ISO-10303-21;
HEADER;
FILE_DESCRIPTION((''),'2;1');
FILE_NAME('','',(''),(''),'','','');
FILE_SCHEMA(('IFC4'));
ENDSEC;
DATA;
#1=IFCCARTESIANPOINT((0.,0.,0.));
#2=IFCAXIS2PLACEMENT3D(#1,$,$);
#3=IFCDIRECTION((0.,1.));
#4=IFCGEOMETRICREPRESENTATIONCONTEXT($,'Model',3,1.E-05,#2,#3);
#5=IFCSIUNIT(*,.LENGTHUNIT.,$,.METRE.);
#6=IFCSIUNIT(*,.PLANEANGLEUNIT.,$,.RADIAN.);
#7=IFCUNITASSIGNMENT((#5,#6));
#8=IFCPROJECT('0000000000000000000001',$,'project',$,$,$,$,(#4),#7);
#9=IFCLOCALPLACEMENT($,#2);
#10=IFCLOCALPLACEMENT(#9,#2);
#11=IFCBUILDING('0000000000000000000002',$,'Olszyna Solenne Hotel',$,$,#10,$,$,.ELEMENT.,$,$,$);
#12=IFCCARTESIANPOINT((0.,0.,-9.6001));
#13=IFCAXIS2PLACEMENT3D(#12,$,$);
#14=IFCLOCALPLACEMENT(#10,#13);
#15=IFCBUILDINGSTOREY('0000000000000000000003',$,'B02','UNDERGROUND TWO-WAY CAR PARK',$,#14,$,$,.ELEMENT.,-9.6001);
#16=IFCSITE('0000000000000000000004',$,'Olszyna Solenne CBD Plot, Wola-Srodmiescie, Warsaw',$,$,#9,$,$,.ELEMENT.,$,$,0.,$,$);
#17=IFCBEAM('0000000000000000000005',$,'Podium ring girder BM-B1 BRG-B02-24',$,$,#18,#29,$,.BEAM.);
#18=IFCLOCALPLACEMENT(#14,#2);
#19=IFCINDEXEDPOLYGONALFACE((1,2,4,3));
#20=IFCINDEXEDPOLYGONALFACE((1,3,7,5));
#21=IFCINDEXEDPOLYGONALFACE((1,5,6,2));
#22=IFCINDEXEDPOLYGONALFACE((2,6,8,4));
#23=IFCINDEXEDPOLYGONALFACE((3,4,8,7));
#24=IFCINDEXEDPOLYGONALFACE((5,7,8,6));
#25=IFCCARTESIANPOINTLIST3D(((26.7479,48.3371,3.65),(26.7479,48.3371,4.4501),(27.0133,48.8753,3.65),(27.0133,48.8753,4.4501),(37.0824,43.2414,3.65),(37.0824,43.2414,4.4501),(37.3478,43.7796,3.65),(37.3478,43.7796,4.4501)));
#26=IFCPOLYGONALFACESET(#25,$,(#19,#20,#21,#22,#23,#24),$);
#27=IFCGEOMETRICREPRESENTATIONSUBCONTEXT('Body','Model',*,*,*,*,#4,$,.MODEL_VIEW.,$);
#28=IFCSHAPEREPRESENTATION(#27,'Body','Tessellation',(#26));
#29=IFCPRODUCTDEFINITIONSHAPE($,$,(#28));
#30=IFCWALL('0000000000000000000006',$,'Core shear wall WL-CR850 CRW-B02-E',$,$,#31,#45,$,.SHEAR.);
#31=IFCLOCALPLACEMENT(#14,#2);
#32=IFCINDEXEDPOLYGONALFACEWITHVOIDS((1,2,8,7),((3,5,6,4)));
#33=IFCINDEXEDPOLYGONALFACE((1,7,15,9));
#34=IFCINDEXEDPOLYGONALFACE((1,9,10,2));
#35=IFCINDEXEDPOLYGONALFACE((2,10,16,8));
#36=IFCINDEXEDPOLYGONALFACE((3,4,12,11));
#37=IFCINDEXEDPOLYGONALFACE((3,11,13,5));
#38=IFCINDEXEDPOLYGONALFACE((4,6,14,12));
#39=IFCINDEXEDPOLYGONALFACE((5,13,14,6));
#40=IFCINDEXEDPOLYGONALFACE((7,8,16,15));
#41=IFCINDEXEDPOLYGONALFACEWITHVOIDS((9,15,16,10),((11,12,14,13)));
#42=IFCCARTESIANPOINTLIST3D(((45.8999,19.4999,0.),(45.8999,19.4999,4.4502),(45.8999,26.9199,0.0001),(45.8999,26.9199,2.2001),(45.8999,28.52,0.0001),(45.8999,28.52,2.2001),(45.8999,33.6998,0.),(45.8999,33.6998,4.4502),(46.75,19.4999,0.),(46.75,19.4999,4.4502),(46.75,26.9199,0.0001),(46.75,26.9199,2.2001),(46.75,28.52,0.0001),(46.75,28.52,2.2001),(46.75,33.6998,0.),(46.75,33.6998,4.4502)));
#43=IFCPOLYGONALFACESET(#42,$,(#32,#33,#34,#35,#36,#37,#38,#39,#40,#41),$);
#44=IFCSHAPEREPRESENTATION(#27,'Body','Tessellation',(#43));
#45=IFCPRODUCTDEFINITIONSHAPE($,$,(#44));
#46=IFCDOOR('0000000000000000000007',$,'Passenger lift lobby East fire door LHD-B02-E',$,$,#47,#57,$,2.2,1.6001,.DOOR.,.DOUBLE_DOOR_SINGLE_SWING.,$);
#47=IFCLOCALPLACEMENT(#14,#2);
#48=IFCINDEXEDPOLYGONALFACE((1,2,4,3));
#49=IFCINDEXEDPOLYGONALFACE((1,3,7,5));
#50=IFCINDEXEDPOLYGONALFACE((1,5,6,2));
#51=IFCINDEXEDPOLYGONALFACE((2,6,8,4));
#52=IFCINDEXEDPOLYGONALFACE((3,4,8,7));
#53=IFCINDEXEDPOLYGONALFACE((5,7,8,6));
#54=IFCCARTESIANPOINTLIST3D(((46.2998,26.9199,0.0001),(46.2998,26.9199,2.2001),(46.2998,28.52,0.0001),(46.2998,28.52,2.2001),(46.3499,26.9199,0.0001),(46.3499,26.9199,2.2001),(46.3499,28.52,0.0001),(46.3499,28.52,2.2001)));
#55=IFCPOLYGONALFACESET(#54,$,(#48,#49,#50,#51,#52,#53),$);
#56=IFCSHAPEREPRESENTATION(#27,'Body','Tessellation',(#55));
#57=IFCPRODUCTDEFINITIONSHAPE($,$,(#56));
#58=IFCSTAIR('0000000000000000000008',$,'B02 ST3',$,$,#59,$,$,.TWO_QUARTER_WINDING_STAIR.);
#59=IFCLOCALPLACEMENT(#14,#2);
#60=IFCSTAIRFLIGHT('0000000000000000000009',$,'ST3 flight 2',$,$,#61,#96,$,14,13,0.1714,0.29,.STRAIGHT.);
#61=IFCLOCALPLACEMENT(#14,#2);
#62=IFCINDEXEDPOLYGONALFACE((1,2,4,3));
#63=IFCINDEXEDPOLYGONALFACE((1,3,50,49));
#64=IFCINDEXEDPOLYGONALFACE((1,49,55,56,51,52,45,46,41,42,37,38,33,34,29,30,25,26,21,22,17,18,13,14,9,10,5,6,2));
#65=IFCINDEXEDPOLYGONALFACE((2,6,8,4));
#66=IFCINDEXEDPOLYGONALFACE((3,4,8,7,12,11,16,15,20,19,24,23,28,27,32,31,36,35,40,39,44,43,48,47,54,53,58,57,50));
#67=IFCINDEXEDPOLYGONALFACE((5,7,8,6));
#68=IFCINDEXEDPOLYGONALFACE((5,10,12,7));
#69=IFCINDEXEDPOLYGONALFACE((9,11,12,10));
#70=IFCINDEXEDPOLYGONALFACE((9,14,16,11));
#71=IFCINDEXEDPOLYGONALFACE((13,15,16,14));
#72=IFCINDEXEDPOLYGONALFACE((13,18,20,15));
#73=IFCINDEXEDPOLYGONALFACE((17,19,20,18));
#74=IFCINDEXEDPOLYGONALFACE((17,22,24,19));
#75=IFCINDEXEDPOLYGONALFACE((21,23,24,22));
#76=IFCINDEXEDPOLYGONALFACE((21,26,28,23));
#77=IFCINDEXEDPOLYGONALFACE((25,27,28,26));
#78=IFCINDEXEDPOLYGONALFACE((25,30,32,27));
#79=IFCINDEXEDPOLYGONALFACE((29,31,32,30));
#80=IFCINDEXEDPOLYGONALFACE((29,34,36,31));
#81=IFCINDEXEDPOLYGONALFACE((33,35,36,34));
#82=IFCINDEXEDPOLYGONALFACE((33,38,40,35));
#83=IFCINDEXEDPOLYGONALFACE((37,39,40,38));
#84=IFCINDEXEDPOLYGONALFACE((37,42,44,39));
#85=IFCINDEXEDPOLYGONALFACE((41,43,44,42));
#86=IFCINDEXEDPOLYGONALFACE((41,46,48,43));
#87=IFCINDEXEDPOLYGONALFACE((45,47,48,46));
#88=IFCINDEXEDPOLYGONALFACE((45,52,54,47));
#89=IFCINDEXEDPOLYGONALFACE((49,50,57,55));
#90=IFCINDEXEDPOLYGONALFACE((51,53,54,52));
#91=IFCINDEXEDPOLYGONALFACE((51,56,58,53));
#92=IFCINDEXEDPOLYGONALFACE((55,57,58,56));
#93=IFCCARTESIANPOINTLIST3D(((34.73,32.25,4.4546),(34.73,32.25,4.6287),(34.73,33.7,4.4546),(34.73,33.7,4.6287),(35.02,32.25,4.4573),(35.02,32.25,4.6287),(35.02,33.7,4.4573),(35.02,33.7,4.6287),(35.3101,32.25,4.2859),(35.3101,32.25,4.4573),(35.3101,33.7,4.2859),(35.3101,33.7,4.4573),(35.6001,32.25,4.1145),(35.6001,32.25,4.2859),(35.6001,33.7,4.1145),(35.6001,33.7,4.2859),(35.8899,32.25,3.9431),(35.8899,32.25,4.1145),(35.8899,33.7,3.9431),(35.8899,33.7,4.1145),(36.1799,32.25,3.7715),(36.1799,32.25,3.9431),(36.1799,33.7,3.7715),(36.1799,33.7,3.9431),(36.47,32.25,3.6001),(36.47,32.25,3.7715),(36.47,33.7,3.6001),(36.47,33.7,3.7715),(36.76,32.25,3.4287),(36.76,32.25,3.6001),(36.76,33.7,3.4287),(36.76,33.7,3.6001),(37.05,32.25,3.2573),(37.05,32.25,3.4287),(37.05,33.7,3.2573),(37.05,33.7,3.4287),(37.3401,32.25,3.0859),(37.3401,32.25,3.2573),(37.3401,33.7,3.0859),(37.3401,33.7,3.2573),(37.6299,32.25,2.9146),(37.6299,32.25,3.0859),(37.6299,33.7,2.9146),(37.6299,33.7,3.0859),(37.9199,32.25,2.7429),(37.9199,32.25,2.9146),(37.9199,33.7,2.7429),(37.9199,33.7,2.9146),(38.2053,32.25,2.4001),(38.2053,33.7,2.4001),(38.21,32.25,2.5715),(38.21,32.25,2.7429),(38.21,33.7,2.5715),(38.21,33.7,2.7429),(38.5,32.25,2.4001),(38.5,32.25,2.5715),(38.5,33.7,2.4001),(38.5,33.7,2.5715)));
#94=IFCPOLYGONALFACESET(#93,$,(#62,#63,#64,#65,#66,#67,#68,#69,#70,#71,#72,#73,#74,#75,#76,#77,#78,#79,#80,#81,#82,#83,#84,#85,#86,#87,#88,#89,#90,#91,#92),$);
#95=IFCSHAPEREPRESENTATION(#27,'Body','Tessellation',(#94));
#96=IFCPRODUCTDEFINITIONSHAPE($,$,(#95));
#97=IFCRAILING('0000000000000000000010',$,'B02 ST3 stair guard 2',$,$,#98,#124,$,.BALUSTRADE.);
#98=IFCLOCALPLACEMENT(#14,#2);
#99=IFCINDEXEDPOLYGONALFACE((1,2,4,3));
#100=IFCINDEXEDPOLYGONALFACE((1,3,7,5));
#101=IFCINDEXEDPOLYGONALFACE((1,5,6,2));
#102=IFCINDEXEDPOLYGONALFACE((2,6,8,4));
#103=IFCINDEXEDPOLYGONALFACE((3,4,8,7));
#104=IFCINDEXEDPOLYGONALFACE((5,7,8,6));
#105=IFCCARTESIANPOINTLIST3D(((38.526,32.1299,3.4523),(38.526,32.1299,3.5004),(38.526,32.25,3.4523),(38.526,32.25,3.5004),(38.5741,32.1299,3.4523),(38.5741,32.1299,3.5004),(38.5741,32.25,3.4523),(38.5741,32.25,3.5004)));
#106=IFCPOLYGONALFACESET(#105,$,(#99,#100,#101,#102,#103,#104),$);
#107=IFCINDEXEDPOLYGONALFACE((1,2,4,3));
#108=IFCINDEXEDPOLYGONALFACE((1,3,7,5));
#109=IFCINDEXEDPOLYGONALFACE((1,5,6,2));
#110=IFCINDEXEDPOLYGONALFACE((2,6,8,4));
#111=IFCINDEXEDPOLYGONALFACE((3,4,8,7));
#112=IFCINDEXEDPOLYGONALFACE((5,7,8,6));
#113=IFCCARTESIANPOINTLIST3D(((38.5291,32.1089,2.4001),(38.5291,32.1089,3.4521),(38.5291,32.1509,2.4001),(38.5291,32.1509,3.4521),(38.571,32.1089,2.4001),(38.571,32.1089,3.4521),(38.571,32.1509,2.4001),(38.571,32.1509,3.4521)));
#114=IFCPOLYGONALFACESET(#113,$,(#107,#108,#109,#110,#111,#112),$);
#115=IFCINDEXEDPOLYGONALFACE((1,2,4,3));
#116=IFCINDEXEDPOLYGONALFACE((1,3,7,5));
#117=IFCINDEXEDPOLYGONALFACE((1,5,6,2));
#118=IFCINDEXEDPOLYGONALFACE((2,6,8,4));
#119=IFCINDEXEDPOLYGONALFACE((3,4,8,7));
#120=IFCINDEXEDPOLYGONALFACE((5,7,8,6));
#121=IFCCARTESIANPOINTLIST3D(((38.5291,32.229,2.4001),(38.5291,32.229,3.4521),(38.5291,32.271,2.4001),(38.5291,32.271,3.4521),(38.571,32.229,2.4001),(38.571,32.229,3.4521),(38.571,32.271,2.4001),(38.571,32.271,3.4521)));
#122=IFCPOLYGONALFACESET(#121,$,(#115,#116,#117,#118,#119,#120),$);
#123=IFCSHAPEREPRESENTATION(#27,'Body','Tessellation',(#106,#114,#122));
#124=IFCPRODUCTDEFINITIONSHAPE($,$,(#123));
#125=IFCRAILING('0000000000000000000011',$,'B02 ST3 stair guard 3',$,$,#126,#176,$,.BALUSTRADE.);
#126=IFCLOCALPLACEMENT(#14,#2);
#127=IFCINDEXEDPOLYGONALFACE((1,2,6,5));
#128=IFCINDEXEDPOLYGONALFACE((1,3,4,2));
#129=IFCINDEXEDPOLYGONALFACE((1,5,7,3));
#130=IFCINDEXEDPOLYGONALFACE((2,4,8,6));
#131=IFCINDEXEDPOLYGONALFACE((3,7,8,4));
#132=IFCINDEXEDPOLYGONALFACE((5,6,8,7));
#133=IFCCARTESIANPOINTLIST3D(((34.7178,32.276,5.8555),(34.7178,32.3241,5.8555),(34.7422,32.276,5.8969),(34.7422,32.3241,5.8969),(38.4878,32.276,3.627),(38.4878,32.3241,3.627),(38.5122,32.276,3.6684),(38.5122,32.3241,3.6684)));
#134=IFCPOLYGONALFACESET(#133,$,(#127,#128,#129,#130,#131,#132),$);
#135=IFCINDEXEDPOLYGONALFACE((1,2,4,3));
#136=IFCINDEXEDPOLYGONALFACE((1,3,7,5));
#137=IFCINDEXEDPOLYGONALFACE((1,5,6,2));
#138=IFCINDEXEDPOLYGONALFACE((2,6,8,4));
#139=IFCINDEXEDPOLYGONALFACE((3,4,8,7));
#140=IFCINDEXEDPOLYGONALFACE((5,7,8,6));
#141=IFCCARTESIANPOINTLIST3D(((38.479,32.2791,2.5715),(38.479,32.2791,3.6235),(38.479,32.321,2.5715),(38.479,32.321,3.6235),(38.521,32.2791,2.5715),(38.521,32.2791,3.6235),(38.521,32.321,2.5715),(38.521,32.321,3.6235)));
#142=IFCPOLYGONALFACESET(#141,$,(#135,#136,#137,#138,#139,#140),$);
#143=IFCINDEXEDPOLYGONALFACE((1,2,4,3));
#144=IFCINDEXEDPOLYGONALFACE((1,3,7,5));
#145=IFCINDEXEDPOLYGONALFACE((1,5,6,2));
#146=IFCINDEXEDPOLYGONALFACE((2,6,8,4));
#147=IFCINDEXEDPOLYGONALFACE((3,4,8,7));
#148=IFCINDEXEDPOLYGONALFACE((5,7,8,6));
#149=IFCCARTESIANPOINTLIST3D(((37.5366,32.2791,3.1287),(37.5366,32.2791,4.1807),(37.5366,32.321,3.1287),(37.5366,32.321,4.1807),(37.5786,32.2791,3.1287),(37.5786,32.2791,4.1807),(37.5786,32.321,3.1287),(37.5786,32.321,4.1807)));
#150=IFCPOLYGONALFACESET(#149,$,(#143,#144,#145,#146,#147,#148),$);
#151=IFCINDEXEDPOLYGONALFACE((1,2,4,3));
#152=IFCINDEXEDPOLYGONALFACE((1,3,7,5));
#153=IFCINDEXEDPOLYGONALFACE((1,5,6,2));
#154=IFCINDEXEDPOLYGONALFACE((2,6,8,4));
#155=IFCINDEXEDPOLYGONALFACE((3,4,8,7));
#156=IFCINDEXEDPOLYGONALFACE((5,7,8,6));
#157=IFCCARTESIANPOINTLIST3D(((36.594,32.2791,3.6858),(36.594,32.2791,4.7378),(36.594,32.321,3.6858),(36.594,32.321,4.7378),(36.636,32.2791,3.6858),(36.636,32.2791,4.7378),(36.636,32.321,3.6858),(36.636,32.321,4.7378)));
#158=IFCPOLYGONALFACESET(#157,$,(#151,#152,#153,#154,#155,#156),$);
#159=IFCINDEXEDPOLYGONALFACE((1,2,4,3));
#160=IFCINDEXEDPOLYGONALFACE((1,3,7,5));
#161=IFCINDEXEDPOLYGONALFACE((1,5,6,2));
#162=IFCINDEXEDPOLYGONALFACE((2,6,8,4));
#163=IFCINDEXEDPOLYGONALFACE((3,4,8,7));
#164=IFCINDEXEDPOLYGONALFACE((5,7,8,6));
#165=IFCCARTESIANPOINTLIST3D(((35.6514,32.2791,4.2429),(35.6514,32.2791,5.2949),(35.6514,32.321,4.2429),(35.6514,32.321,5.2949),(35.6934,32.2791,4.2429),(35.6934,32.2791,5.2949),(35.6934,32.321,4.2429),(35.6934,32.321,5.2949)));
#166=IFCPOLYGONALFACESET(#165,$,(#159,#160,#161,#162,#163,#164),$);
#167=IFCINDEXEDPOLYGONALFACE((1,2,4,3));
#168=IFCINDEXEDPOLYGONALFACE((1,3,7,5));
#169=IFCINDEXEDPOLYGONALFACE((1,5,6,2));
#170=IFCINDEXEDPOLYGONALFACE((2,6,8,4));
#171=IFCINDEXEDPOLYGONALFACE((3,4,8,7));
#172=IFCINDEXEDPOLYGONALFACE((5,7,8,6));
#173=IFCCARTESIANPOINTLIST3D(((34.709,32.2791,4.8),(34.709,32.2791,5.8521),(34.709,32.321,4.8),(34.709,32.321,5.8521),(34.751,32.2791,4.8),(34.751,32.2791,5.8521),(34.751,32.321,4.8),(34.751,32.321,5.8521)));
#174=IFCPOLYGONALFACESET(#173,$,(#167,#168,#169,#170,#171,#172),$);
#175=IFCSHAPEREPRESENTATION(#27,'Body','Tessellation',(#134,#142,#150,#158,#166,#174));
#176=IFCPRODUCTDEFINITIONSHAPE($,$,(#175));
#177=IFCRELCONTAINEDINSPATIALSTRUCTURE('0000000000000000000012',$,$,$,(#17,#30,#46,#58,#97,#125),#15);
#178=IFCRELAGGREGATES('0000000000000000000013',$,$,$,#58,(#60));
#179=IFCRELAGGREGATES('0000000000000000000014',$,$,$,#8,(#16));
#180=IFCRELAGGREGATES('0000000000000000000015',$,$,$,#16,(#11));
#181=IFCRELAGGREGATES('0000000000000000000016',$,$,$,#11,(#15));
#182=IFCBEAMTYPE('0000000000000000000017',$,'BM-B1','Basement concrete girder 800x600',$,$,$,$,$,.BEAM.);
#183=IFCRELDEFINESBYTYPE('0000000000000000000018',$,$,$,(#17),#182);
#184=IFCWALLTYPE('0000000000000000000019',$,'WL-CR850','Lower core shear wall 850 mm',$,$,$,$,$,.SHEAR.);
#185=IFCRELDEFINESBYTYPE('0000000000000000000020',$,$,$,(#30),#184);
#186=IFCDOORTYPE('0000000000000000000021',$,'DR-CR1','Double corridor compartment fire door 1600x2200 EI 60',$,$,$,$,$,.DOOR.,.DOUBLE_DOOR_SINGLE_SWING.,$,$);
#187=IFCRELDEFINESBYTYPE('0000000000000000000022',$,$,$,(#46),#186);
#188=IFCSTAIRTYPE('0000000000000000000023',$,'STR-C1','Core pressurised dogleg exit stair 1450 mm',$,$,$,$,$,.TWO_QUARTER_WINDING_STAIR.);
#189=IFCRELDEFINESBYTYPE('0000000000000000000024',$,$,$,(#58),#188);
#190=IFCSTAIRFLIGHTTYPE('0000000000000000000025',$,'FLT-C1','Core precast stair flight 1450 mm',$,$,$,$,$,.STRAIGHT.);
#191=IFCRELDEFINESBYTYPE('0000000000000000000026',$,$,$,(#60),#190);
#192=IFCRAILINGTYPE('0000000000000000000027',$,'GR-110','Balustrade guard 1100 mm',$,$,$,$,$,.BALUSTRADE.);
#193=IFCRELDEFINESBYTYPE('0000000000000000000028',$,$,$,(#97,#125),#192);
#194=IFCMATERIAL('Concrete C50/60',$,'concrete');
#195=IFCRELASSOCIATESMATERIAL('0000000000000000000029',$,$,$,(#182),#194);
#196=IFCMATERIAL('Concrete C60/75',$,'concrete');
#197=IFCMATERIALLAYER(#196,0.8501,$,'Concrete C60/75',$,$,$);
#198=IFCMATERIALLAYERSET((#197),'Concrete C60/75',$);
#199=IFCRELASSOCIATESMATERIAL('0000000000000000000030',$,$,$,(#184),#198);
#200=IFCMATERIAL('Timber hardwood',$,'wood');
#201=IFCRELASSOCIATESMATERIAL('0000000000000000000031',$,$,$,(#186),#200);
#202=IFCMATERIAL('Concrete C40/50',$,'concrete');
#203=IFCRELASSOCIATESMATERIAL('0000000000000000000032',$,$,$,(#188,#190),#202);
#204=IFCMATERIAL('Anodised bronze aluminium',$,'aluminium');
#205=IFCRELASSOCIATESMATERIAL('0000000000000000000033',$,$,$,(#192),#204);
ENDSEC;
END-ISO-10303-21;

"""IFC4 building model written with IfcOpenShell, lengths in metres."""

from ifc_helpers import new_model, si_unit, direction, frame, frame_2d, origin, origin_2d, place, context, subcontext, project, spatial, polyline, rectangle, outline, extrude, source, transform, mapped, material, layer, layer_set, material_profile, profile_set, type_object, type_shapes, element, fill, aggregate, save


model = new_model("IFC4")

# Units and contexts
model_context = context("Model", 3, precision=1e-05, world=origin(), true_north=direction((0.0, 1.0)))
body_context = subcontext(model_context, "Body", "Model", "MODEL_VIEW")
ifc_project = project(units=[si_unit("LENGTHUNIT", "METRE"), si_unit("PLANEANGLEUNIT", "RADIAN")], contexts=[model_context])

# Site, building, storey
site_placement = place(None, origin())
site = spatial("IfcSite", under=ifc_project, at=site_placement, Name="Olszyna Solenne CBD Plot, Wola-Srodmiescie, Warsaw", CompositionType="ELEMENT", RefElevation=0.0)
building_placement = place(site_placement, origin())
building = spatial("IfcBuilding", under=site, at=building_placement, Name="Olszyna Solenne Hotel", CompositionType="ELEMENT")
storey_placement = place(building_placement, frame((0.0, 0.0, -9.6001)))
storey = spatial("IfcBuildingStorey", under=building, at=storey_placement, Name="B02", Description="UNDERGROUND TWO-WAY CAR PARK", CompositionType="ELEMENT", Elevation=-9.6001)

# Shared definitions
ifc_material_1 = material(Name="Concrete C40/50", Category="concrete")

# Beam
ifc_material_2 = material(Name="Concrete C50/60", Category="concrete")
ifc_material_profile_1 = material_profile(ifc_material_2, rectangle(XDim=0.6001, YDim=0.8, at=origin_2d()), Name="RC 800x600", Category="load-bearing")
ifc_profile_set_1 = profile_set([ifc_material_profile_1], Name="Concrete C50/60")
beam_type = type_object("IfcBeamType", Name="BM-B1", Description="Basement concrete girder 800x600", PredefinedType="BEAM", material=ifc_profile_set_1)
shared_shape_1 = source(origin(), body_context, "Body", "SweptSolid", [
    extrude(rectangle(XDim=0.6001, YDim=0.8, at=origin_2d()), origin(), (0.0, 0.0, 1.0), 11.5225),
])
beam_1_placement = place(storey_placement, frame((37.2151, 43.5105, 4.05), z_axis=(-0.896897, 0.44224, 0.0), x_axis=(-0.44224, -0.896897, 0.0)))
element("IfcBeam", 1, at=beam_1_placement, inside=storey, type_object=beam_type, Name="Podium ring girder BM-B1 BRG-B02-24", PredefinedType="BEAM", context=body_context, shape_type="MappedRepresentation", body=[
    mapped(shared_shape_1, transform((0.0, 0.0, 0.0), x_axis=(1.0, 0.0, 0.0), y_axis=(0.0, 1.0, 0.0), z_axis=(0.0, 0.0, 1.0), scale=1.0)),
])

# Wall, opening, door
ifc_material_3 = material(Name="Concrete C60/75", Category="concrete")
ifc_layer = layer(ifc_material_3, 0.8501, Name="Concrete C60/75")
ifc_layer_set = layer_set([ifc_layer], Name="Concrete C60/75")
wall_type = type_object("IfcWallType", Name="WL-CR850", Description="Lower core shear wall 850 mm", PredefinedType="SHEAR", material=ifc_layer_set)
wall_placement = place(storey_placement, frame((46.325, 33.7, 0.0), z_axis=(0.0, 0.0, 1.0), x_axis=(0.0, -1.0, 0.0)))
wall = element("IfcWall", 2, at=wall_placement, inside=storey, type_object=wall_type, Name="Core shear wall WL-CR850 CRW-B02-E", PredefinedType="SHEAR", context=body_context, shape_type="SweptSolid", body=[
    extrude(rectangle(XDim=14.2, YDim=0.8501, at=frame_2d((7.1001, 0.0))), origin(), (0.0, 0.0, 1.0), 4.4502),
])
opening_placement = place(wall_placement, frame((5.1799, 0.0, 0.0)))
opening = element("IfcOpeningElement", 3, at=opening_placement, cuts=wall, PredefinedType="OPENING", context=body_context, shape_type="SweptSolid", body=[
    extrude(rectangle(XDim=1.6001, YDim=2.2, at=frame_2d((0.8, 1.1001))), frame((0.0, 0.4351, 0.0), z_axis=(0.0, -1.0, 0.0), x_axis=(1.0, 0.0, 0.0)), (0.0, 0.0, 1.0), 0.8701),
])
ifc_material_4 = material(Name="Timber hardwood", Category="wood")
door_type = type_object("IfcDoorType", Name="DR-CR1", Description="Double corridor compartment fire door 1600x2200 EI 60", OperationType="DOUBLE_DOOR_SINGLE_SWING", PredefinedType="DOOR", material=ifc_material_4)
shared_shape_2 = source(origin(), body_context, "Body", "SweptSolid", [
    extrude(rectangle(XDim=1.6001, YDim=2.2, at=frame_2d((0.8, 1.1001))), frame((0.0, 0.0249, 0.0), z_axis=(0.0, -1.0, 0.0), x_axis=(1.0, 0.0, 0.0)), (0.0, 0.0, 1.0), 0.05),
])
type_shapes(door_type, [shared_shape_2])
door_placement = place(opening_placement, origin())
door = element("IfcDoor", 4, at=door_placement, inside=storey, type_object=door_type, Name="Passenger lift lobby East fire door LHD-B02-E", OperationType="DOUBLE_DOOR_SINGLE_SWING", OverallHeight=2.2, OverallWidth=1.6001, PredefinedType="DOOR", context=body_context, shape_type="MappedRepresentation", body=[
    mapped(shared_shape_2, transform((0.0, 0.0, 0.0), x_axis=(1.0, 0.0, 0.0), y_axis=(0.0, 1.0, 0.0), z_axis=(0.0, 0.0, 1.0), scale=1.0)),
])
fill(opening, door)

# Stair, stair flight
stair_type = type_object("IfcStairType", Name="STR-C1", Description="Core pressurised dogleg exit stair 1450 mm", PredefinedType="TWO_QUARTER_WINDING_STAIR", material=ifc_material_1)
stair_placement = place(storey_placement, origin())
stair = element("IfcStair", 5, at=stair_placement, inside=storey, type_object=stair_type, Name="B02 ST3", PredefinedType="TWO_QUARTER_WINDING_STAIR")
stair_flight_type = type_object("IfcStairFlightType", Name="FLT-C1", Description="Core precast stair flight 1450 mm", PredefinedType="STRAIGHT", material=ifc_material_1)
stair_flight_placement = place(storey_placement, frame((38.5, 32.9751, 2.4001), z_axis=(0.0, 0.0, 1.0), x_axis=(-1.0, 0.0, 0.0)))
stair_flight = element("IfcStairFlight", 6, at=stair_flight_placement, type_object=stair_flight_type, Name="ST3 flight 2", NumberOfRisers=14, NumberOfTreads=13, PredefinedType="STRAIGHT", RiserHeight=0.1714, TreadLength=0.29, context=body_context, shape_type="SweptSolid", body=[
    extrude(outline(polyline([(0.0, 0.0), (0.0, 0.1714), (0.29, 0.1714), (0.29, 0.3428), (0.5801, 0.3428), (0.5801, 0.5144), (0.8701, 0.5144), (0.8701, 0.6858), (1.1599, 0.6858), (1.1599, 0.8572), (1.45, 0.8572), (1.45, 1.0286), (1.74, 1.0286), (1.74, 1.2), (2.03, 1.2), (2.03, 1.3713), (2.3201, 1.3713), (2.3201, 1.543), (2.6101, 1.543), (2.6101, 1.7144), (2.8999, 1.7144), (2.8999, 1.8857), (3.1899, 1.8857), (3.1899, 2.0571), (3.48, 2.0571), (3.48, 2.2285), (3.77, 2.2285), (3.77, 2.3999), (3.77, 2.0544), (0.2947, 0.0), (0.0, 0.0)])), frame((0.0, 0.7251, 0.0), z_axis=(0.0, -1.0, 0.0), x_axis=(1.0, 0.0, 0.0)), (0.0, 0.0, 1.0), 1.45),
])
aggregate(stair, [stair_flight])

# Railings
ifc_material_5 = material(Name="Anodised bronze aluminium", Category="aluminium")
railing_type_1 = type_object("IfcRailingType", Name="GR-110", Description="Balustrade guard 1100 mm", PredefinedType="BALUSTRADE", material=ifc_material_5)
railing_1_placement = place(storey_placement, frame((38.55, 32.1299, 2.4001)))
element("IfcRailing", 7, at=railing_1_placement, inside=storey, type_object=railing_type_1, Name="B02 ST3 stair guard 2", PredefinedType="BALUSTRADE", context=body_context, shape_type="SweptSolid", body=[
    extrude(rectangle(XDim=0.0481, YDim=0.0481, at=origin_2d()), frame((0.0, 0.0, 1.0762), z_axis=(0.0, 1.0, 0.0), x_axis=(-1.0, 0.0, 0.0)), (0.0, 0.0, 1.0), 0.1201),
    extrude(rectangle(XDim=0.042, YDim=0.042, at=origin_2d()), origin(), (0.0, 0.0, 1.0), 1.052),
    extrude(rectangle(XDim=0.042, YDim=0.042, at=origin_2d()), frame((0.0, 0.1201, 0.0)), (0.0, 0.0, 1.0), 1.052),
])
railing_2_placement = place(storey_placement, frame((38.5, 32.3, 2.5715)))
element("IfcRailing", 8, at=railing_2_placement, inside=storey, type_object=railing_type_1, Name="B02 ST3 stair guard 3", PredefinedType="BALUSTRADE", context=body_context, shape_type="SweptSolid", body=[
    extrude(rectangle(XDim=0.0481, YDim=0.0481, at=origin_2d()), frame((0.0, 0.0, 1.0762), z_axis=(-0.860849, 0.0, 0.508861), x_axis=(0.0, -1.0, 0.0)), (0.0, 0.0, 1.0), 4.3794),
    extrude(rectangle(XDim=0.042, YDim=0.042, at=origin_2d()), origin(), (0.0, 0.0, 1.0), 1.052),
    extrude(rectangle(XDim=0.042, YDim=0.042, at=origin_2d()), frame((-0.9424, 0.0, 0.5571)), (0.0, 0.0, 1.0), 1.052),
    extrude(rectangle(XDim=0.042, YDim=0.042, at=origin_2d()), frame((-1.885, 0.0, 1.1143)), (0.0, 0.0, 1.0), 1.052),
    extrude(rectangle(XDim=0.042, YDim=0.042, at=origin_2d()), frame((-2.8276, 0.0, 1.6714)), (0.0, 0.0, 1.0), 1.052),
    extrude(rectangle(XDim=0.042, YDim=0.042, at=origin_2d()), frame((-3.77, 0.0, 2.2285)), (0.0, 0.0, 1.0), 1.052),
])

save(model, "model.ifc")
